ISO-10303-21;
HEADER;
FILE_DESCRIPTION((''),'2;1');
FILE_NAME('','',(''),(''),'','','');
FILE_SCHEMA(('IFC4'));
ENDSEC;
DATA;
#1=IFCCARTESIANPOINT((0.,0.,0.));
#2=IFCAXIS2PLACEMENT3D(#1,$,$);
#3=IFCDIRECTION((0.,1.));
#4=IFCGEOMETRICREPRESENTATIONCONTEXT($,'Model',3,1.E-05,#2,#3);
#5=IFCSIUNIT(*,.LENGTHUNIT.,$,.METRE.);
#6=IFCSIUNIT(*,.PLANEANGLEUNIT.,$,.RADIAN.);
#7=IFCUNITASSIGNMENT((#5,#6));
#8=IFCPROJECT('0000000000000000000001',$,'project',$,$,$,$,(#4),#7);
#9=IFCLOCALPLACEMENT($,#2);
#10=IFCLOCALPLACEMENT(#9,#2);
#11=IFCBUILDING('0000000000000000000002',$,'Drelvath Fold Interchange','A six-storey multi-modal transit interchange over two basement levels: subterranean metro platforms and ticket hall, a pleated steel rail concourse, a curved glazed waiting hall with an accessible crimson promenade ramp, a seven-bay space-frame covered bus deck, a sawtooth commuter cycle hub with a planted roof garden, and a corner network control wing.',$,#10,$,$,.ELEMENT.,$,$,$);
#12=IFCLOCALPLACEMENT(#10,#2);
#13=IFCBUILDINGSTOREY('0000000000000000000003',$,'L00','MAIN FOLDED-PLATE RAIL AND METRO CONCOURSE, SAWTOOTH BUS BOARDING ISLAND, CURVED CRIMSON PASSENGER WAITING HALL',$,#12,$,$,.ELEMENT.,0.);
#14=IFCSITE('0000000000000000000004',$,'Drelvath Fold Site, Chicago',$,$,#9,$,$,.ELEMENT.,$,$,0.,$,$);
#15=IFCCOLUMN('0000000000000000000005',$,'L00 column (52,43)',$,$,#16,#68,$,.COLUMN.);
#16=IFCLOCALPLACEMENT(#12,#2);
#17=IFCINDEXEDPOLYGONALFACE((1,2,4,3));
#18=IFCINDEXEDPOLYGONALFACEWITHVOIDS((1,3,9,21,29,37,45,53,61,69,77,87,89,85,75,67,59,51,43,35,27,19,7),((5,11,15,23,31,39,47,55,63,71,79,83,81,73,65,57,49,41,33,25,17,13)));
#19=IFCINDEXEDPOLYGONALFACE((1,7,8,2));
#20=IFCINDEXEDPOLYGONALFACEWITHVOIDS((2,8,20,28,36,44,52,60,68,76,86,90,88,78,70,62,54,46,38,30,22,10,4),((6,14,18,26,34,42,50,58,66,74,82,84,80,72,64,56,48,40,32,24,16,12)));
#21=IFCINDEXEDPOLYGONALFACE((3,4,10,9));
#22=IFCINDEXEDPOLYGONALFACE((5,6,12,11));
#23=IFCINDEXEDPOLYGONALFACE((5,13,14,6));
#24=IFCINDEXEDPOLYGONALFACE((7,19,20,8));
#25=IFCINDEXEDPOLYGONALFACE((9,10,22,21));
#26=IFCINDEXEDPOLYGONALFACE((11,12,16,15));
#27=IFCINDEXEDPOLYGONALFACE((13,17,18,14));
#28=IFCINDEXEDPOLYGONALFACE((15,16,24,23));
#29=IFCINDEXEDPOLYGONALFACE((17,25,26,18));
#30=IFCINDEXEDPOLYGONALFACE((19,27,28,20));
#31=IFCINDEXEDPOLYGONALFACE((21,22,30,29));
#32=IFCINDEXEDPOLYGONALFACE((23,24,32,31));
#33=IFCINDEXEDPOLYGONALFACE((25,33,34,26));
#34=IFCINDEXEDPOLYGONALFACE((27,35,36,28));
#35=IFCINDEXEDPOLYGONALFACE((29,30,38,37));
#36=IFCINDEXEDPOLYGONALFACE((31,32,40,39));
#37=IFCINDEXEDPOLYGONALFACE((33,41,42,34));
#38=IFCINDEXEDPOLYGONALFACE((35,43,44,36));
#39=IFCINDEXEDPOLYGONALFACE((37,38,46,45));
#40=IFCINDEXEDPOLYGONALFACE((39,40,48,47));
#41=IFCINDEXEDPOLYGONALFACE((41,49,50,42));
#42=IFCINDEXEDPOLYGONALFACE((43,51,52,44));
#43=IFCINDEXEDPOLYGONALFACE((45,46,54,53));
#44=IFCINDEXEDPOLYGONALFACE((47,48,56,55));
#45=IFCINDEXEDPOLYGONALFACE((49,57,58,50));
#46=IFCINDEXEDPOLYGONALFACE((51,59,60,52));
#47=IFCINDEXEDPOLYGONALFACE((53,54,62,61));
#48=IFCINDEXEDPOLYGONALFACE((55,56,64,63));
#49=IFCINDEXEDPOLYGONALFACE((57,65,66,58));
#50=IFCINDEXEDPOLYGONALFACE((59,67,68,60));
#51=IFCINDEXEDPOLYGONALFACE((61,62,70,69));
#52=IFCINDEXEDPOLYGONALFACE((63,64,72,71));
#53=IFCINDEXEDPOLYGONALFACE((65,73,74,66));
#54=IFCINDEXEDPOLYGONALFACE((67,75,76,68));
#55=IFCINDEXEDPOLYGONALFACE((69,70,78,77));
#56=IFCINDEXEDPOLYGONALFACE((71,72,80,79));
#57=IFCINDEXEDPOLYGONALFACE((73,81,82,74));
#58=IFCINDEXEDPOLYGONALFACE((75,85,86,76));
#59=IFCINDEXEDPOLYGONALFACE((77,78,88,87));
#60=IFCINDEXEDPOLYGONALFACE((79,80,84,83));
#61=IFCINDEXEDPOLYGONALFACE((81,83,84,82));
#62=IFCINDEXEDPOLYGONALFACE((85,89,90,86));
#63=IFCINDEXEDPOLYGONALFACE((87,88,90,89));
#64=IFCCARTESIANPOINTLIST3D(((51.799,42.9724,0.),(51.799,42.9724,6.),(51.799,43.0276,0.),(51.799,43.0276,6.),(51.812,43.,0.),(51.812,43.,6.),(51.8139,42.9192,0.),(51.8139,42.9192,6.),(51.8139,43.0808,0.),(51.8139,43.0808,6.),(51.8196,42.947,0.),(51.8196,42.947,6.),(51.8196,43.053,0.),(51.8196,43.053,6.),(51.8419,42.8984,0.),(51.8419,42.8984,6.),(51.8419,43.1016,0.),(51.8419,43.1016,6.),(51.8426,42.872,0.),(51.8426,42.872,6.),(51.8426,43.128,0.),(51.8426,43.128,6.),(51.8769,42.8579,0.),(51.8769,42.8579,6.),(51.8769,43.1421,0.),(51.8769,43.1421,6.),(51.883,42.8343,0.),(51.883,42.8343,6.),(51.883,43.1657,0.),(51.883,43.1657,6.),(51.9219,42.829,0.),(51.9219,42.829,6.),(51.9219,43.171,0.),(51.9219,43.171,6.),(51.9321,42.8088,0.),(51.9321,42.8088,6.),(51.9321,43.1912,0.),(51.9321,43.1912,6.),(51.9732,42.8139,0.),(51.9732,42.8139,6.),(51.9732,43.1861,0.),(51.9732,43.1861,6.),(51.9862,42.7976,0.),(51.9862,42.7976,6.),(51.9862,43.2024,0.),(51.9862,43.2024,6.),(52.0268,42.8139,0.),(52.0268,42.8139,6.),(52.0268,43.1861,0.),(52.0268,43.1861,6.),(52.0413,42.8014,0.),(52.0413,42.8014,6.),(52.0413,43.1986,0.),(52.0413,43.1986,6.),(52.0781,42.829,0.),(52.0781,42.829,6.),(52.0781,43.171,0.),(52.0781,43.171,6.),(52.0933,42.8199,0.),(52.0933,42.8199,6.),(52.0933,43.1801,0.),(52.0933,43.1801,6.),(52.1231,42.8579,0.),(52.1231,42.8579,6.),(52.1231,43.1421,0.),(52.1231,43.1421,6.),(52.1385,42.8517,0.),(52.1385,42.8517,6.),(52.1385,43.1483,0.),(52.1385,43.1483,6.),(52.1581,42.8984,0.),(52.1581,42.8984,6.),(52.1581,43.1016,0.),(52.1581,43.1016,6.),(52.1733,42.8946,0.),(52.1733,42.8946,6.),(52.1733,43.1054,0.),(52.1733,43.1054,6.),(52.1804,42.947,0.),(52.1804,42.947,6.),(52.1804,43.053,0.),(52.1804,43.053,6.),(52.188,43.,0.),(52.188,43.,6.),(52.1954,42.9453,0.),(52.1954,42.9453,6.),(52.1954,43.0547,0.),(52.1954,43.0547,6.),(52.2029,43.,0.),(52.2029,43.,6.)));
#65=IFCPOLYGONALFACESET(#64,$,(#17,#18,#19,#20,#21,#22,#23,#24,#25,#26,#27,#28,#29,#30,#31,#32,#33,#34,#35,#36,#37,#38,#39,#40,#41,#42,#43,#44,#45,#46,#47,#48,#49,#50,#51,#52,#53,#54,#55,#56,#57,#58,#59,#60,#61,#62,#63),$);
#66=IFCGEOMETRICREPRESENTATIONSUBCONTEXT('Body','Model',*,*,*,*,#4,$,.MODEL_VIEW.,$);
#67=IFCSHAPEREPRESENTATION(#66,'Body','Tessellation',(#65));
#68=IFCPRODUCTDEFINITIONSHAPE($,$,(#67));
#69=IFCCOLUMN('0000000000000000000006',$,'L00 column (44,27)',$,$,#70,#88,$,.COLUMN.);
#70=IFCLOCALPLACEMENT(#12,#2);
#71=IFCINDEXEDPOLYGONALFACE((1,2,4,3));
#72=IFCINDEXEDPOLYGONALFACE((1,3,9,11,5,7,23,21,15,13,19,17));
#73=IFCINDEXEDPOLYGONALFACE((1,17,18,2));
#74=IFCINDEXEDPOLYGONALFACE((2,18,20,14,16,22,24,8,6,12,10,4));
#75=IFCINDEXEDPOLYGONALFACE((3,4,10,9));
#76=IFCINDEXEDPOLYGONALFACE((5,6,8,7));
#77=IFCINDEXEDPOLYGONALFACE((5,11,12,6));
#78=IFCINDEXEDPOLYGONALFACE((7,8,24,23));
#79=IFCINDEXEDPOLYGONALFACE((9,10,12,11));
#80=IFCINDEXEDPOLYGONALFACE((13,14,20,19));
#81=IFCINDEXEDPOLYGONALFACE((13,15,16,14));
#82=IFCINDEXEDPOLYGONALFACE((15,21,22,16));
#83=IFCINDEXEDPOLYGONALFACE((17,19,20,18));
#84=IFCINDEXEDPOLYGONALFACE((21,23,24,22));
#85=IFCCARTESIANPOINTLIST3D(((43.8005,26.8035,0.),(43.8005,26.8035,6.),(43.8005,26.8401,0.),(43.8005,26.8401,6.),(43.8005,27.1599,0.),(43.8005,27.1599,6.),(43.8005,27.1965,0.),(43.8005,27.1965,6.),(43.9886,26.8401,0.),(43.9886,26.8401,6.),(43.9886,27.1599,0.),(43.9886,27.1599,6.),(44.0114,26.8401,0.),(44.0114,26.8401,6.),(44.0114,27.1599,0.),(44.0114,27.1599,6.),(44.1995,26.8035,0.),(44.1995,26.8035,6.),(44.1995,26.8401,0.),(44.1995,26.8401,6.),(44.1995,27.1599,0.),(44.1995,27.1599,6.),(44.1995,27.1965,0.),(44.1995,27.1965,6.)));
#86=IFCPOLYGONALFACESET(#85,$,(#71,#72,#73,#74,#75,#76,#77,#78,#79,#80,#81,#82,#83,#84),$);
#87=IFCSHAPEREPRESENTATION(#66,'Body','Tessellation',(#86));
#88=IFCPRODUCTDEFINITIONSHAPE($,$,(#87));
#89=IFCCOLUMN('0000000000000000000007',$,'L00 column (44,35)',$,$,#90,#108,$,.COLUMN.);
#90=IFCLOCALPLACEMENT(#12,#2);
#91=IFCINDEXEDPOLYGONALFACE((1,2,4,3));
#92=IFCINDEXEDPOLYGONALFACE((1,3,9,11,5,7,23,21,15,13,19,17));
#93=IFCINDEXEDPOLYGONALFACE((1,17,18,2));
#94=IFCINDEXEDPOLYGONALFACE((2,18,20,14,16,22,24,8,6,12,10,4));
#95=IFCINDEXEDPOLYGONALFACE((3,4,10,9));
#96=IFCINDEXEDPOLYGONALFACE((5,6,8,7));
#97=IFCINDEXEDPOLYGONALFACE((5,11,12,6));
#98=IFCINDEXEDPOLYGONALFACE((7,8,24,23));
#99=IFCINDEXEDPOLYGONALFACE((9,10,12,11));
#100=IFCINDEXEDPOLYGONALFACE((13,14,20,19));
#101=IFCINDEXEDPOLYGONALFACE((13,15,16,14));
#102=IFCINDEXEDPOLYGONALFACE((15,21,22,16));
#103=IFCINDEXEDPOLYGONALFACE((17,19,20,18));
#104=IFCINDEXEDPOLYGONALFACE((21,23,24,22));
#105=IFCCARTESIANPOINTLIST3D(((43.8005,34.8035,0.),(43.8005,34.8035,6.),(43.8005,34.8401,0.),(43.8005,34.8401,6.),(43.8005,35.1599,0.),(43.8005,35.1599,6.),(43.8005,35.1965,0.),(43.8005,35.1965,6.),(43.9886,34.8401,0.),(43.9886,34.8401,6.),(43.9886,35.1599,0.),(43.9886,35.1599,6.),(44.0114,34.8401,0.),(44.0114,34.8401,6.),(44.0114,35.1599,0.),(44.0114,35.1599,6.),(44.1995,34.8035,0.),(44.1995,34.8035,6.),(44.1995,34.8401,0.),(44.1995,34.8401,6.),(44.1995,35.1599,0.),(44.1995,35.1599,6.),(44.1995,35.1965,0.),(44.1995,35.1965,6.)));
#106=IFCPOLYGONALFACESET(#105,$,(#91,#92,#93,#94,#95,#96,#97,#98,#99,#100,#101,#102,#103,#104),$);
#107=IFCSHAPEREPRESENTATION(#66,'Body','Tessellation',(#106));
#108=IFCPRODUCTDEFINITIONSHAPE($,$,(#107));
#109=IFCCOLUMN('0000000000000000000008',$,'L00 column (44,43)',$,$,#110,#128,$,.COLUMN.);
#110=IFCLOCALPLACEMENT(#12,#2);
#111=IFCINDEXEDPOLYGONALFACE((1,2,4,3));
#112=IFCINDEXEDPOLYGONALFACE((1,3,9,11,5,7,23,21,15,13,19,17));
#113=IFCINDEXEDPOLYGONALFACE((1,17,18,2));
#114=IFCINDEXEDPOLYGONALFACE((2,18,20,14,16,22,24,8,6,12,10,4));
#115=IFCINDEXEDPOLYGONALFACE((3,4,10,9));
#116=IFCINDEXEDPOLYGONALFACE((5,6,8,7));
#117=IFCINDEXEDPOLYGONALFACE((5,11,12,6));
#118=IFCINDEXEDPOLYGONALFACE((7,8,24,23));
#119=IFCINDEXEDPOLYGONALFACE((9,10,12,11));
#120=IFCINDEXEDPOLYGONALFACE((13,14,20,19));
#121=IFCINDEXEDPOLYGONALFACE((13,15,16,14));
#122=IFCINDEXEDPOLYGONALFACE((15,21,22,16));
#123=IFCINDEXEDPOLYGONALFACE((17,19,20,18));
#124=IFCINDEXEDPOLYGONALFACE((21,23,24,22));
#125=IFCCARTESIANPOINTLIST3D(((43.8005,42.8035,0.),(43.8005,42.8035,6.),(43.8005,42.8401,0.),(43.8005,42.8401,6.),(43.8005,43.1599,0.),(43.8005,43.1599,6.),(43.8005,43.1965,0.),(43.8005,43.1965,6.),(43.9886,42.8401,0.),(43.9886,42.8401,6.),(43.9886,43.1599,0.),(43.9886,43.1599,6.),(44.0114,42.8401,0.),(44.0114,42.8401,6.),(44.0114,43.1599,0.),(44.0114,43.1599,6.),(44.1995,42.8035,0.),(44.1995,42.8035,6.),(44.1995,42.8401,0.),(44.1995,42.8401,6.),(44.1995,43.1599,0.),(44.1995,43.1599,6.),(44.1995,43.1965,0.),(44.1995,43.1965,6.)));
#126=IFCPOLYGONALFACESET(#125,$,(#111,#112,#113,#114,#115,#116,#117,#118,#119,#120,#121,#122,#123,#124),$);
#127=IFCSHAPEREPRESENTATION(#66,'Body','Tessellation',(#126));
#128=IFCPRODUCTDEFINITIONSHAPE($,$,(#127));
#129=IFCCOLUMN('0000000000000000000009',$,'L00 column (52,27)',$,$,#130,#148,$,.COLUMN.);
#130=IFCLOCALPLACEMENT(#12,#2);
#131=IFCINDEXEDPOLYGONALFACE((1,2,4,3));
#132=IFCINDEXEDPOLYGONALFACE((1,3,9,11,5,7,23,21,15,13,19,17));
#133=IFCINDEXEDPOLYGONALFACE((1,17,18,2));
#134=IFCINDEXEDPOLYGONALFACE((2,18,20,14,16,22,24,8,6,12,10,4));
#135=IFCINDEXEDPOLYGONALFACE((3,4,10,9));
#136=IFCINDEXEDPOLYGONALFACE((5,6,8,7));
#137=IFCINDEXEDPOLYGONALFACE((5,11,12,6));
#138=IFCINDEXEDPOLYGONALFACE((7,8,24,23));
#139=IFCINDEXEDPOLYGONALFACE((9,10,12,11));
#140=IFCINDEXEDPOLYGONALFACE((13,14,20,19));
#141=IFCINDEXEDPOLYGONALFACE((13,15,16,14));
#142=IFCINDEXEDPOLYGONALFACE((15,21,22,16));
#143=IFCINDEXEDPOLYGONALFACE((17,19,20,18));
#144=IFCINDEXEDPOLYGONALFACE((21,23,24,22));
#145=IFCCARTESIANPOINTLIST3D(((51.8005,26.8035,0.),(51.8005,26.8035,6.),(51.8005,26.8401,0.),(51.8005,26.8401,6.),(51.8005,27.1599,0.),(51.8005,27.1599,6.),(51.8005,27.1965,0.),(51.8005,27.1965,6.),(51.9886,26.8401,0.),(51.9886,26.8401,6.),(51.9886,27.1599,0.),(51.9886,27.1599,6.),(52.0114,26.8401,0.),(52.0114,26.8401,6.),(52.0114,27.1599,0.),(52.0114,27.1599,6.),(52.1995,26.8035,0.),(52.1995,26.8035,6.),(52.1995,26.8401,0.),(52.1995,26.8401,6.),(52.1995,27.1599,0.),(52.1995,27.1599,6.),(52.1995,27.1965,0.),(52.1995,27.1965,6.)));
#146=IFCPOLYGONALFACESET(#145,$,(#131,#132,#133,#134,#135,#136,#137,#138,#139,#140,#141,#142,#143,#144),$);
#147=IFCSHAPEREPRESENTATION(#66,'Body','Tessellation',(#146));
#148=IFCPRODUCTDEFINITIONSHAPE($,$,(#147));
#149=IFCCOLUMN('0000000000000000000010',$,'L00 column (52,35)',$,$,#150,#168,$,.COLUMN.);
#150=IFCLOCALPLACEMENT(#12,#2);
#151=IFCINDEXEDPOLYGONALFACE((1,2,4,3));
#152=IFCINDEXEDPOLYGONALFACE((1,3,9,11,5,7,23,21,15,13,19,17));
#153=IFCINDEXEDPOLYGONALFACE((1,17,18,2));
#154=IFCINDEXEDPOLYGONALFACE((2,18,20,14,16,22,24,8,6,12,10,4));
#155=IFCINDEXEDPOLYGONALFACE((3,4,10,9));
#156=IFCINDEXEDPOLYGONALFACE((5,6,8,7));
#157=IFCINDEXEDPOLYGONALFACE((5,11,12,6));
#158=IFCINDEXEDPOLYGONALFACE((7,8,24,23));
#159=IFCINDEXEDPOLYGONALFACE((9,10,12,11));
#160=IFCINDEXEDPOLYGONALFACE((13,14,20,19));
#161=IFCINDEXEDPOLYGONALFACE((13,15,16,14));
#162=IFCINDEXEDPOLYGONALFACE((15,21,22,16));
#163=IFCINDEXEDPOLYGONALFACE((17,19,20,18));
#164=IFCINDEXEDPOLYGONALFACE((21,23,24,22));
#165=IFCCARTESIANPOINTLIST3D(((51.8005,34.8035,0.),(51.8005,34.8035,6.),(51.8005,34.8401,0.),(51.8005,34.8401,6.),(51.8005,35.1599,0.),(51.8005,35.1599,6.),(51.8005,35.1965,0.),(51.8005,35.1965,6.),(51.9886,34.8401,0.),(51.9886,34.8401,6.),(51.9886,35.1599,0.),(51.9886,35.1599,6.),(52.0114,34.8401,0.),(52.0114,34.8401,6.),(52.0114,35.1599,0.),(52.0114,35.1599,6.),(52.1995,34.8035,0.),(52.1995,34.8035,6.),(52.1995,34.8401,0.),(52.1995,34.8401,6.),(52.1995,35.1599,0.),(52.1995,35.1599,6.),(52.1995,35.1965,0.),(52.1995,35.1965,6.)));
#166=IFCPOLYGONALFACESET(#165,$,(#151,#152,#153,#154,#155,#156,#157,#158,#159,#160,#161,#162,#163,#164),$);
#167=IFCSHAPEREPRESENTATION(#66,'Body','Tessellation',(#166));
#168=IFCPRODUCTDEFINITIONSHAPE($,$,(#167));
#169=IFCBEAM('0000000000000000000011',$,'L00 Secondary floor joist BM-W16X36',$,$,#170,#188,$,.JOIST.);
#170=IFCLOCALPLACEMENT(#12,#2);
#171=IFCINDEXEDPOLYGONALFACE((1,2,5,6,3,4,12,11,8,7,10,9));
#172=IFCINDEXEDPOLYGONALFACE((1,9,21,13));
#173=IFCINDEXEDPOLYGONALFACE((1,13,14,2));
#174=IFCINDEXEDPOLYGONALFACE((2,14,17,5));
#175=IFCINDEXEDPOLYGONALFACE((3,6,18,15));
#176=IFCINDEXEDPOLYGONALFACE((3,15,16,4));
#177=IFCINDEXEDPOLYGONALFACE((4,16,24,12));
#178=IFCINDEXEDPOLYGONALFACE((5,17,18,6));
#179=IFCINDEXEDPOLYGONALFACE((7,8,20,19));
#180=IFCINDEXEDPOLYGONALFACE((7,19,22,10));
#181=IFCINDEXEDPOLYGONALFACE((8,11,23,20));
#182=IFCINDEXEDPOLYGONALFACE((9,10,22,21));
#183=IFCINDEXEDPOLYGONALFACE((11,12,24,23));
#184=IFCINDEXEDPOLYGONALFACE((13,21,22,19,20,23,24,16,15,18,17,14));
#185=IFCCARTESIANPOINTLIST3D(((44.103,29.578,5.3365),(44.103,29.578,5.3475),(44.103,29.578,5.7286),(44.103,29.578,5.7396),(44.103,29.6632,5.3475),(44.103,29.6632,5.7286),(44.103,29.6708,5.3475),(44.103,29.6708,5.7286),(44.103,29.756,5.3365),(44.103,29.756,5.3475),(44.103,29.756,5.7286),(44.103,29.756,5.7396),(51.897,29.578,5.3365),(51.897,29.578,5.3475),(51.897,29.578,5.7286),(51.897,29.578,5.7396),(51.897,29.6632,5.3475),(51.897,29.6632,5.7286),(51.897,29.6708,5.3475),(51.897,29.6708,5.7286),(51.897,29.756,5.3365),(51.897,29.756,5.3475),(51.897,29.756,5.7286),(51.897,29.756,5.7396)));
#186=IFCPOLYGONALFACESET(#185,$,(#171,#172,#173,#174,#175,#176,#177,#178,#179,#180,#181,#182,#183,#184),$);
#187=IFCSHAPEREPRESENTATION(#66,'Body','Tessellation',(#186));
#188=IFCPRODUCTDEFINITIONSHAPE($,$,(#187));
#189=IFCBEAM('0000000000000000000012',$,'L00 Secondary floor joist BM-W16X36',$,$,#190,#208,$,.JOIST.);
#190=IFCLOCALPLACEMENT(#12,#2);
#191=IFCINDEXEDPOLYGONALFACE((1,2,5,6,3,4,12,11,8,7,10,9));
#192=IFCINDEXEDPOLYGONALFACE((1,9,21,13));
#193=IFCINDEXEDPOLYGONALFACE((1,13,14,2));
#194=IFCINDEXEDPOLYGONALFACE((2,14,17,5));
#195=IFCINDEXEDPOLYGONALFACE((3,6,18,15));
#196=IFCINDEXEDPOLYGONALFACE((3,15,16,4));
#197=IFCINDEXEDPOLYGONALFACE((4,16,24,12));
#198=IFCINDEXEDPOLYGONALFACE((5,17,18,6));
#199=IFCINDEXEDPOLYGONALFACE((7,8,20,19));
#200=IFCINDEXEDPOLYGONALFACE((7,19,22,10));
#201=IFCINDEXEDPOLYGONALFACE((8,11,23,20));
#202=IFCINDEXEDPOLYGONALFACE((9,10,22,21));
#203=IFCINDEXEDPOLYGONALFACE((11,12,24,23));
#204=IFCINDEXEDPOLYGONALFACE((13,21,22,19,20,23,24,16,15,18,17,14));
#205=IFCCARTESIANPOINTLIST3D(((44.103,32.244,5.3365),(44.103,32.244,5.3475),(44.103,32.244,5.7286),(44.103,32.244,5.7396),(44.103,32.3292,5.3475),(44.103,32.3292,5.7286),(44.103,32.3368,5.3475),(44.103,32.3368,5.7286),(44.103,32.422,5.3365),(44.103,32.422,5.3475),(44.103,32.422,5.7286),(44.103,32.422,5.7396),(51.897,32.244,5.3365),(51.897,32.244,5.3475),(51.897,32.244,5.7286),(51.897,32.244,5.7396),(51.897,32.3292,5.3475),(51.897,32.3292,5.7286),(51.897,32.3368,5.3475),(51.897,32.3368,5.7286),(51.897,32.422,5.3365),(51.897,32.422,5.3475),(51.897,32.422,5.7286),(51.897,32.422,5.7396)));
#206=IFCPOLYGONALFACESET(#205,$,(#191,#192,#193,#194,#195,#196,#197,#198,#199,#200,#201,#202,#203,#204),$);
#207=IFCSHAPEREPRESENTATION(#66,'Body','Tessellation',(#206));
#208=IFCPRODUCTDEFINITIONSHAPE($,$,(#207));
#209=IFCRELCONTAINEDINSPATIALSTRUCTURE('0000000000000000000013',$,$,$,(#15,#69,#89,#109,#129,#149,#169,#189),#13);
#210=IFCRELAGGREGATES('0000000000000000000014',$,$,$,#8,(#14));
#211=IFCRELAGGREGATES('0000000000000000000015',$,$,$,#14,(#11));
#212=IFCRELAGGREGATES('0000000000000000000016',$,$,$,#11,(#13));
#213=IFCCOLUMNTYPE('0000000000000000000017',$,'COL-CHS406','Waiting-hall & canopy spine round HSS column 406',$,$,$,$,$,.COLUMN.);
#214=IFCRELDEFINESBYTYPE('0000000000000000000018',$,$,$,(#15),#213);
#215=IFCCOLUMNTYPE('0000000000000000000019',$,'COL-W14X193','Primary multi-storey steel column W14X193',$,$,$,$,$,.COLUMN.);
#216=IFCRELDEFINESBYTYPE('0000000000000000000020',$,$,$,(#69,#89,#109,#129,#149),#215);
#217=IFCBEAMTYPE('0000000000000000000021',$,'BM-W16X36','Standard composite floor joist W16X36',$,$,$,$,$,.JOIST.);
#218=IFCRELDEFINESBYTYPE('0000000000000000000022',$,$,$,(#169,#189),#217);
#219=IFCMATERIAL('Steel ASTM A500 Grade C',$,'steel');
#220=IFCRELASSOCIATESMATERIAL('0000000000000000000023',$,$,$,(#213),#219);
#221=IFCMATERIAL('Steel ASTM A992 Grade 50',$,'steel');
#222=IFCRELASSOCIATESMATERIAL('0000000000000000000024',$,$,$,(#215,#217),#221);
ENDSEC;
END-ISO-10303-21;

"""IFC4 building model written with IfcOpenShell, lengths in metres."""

from ifc_helpers import new_model, si_unit, direction, frame, origin, origin_2d, place, context, subcontext, project, spatial, hollow_circle, i_section, extrude, material, material_profile, profile_set, type_object, element, save


model = new_model("IFC4")

# Units and contexts
model_context = context("Model", 3, precision=1e-05, world=origin(), true_north=direction((0.0, 1.0)))
body_context = subcontext(model_context, "Body", "Model", "MODEL_VIEW")
ifc_project = project(units=[si_unit("LENGTHUNIT", "METRE"), si_unit("PLANEANGLEUNIT", "RADIAN")], contexts=[model_context])

# Site, building, storey
site_placement = place(None, origin())
site = spatial("IfcSite", under=ifc_project, at=site_placement, Name="Drelvath Fold Site, Chicago", CompositionType="ELEMENT", RefElevation=0.0)
building_placement = place(site_placement, origin())
building = spatial("IfcBuilding", under=site, at=building_placement, Name="Drelvath Fold Interchange", Description="A six-storey multi-modal transit interchange over two basement levels: subterranean metro platforms and ticket hall, a pleated steel rail concourse, a curved glazed waiting hall with an accessible crimson promenade ramp, a seven-bay space-frame covered bus deck, a sawtooth commuter cycle hub with a planted roof garden, and a corner network control wing.", CompositionType="ELEMENT")
storey_placement = place(building_placement, origin())
storey = spatial("IfcBuildingStorey", under=building, at=storey_placement, Name="L00", Description="MAIN FOLDED-PLATE RAIL AND METRO CONCOURSE, SAWTOOTH BUS BOARDING ISLAND, CURVED CRIMSON PASSENGER WAITING HALL", CompositionType="ELEMENT", Elevation=0.0)

# Columns
ifc_material_1 = material(Name="Steel ASTM A500 Grade C", Category="steel")
ifc_material_profile_1 = material_profile(ifc_material_1, hollow_circle(Radius=0.2029, WallThickness=0.0149, at=origin_2d()), Name="HSS16.000X0.625")
ifc_profile_set_1 = profile_set([ifc_material_profile_1], Name="Steel ASTM A500 Grade C")
column_type_1 = type_object("IfcColumnType", Name="COL-CHS406", Description="Waiting-hall & canopy spine round HSS column 406", PredefinedType="COLUMN", material=ifc_profile_set_1)
column_placement = place(storey_placement, frame((52.0, 43.0, 0.0), z_axis=(0.0, 0.0, 1.0), x_axis=(1.0, 0.0, 0.0)))
element("IfcColumn", 1, at=column_placement, inside=storey, type_object=column_type_1, Name="L00 column (52,43)", PredefinedType="COLUMN", context=body_context, shape_type="SweptSolid", body=[
    extrude(hollow_circle(Radius=0.2029, WallThickness=0.0149, at=origin_2d()), origin(), (0.0, 0.0, 1.0), 6.0),
])
ifc_material_2 = material(Name="Steel ASTM A992 Grade 50", Category="steel")
ifc_material_profile_2 = material_profile(ifc_material_2, i_section(OverallWidth=0.3989, OverallDepth=0.3931, WebThickness=0.0227, FlangeThickness=0.0366, at=origin_2d()), Name="W14X193")
ifc_profile_set_2 = profile_set([ifc_material_profile_2], Name="Steel ASTM A992 Grade 50")
column_type_2 = type_object("IfcColumnType", Name="COL-W14X193", Description="Primary multi-storey steel column W14X193", PredefinedType="COLUMN", material=ifc_profile_set_2)
for number, where, z_axis, x_axis, name in (
    (2, (44.0, 27.0, 0.0), (0.0, 0.0, 1.0), (1.0, 0.0, 0.0), "L00 column (44,27)"),
    (3, (44.0, 35.0, 0.0), (0.0, 0.0, 1.0), (1.0, 0.0, 0.0), "L00 column (44,35)"),
    (4, (44.0, 43.0, 0.0), (0.0, 0.0, 1.0), (1.0, 0.0, 0.0), "L00 column (44,43)"),
    (5, (52.0, 27.0, 0.0), (0.0, 0.0, 1.0), (1.0, 0.0, 0.0), "L00 column (52,27)"),
    (6, (52.0, 35.0, 0.0), (0.0, 0.0, 1.0), (1.0, 0.0, 0.0), "L00 column (52,35)"),
):
    element("IfcColumn", number, at=place(storey_placement, frame(where, z_axis=z_axis, x_axis=x_axis)), inside=storey, type_object=column_type_2, Name=name, PredefinedType="COLUMN", context=body_context, shape_type="SweptSolid", body=[
        extrude(i_section(OverallWidth=0.3989, OverallDepth=0.3931, WebThickness=0.0227, FlangeThickness=0.0366, at=origin_2d()), origin(), (0.0, 0.0, 1.0), 6.0),
    ])

# Beams
ifc_material_profile_3 = material_profile(ifc_material_2, i_section(OverallWidth=0.178, OverallDepth=0.4031, WebThickness=0.0076, FlangeThickness=0.011, at=origin_2d()), Name="W16X36")
ifc_profile_set_3 = profile_set([ifc_material_profile_3], Name="Steel ASTM A992 Grade 50")
beam_type_1 = type_object("IfcBeamType", Name="BM-W16X36", Description="Standard composite floor joist W16X36", PredefinedType="JOIST", material=ifc_profile_set_3)
for number, where, z_axis, x_axis, name in (
    (7, (44.103, 29.667, 5.5381), (1.0, 0.0, 0.0), (0.0, 1.0, 0.0), "L00 Secondary floor joist BM-W16X36"),
    (8, (44.103, 32.333, 5.5381), (1.0, 0.0, 0.0), (0.0, 1.0, 0.0), "L00 Secondary floor joist BM-W16X36"),
):
    element("IfcBeam", number, at=place(storey_placement, frame(where, z_axis=z_axis, x_axis=x_axis)), inside=storey, type_object=beam_type_1, Name=name, PredefinedType="JOIST", context=body_context, shape_type="SweptSolid", body=[
        extrude(i_section(OverallWidth=0.178, OverallDepth=0.4031, WebThickness=0.0076, FlangeThickness=0.011, at=origin_2d()), origin(), (0.0, 0.0, 1.0), 7.7939),
    ])

save(model, "model.ifc")
